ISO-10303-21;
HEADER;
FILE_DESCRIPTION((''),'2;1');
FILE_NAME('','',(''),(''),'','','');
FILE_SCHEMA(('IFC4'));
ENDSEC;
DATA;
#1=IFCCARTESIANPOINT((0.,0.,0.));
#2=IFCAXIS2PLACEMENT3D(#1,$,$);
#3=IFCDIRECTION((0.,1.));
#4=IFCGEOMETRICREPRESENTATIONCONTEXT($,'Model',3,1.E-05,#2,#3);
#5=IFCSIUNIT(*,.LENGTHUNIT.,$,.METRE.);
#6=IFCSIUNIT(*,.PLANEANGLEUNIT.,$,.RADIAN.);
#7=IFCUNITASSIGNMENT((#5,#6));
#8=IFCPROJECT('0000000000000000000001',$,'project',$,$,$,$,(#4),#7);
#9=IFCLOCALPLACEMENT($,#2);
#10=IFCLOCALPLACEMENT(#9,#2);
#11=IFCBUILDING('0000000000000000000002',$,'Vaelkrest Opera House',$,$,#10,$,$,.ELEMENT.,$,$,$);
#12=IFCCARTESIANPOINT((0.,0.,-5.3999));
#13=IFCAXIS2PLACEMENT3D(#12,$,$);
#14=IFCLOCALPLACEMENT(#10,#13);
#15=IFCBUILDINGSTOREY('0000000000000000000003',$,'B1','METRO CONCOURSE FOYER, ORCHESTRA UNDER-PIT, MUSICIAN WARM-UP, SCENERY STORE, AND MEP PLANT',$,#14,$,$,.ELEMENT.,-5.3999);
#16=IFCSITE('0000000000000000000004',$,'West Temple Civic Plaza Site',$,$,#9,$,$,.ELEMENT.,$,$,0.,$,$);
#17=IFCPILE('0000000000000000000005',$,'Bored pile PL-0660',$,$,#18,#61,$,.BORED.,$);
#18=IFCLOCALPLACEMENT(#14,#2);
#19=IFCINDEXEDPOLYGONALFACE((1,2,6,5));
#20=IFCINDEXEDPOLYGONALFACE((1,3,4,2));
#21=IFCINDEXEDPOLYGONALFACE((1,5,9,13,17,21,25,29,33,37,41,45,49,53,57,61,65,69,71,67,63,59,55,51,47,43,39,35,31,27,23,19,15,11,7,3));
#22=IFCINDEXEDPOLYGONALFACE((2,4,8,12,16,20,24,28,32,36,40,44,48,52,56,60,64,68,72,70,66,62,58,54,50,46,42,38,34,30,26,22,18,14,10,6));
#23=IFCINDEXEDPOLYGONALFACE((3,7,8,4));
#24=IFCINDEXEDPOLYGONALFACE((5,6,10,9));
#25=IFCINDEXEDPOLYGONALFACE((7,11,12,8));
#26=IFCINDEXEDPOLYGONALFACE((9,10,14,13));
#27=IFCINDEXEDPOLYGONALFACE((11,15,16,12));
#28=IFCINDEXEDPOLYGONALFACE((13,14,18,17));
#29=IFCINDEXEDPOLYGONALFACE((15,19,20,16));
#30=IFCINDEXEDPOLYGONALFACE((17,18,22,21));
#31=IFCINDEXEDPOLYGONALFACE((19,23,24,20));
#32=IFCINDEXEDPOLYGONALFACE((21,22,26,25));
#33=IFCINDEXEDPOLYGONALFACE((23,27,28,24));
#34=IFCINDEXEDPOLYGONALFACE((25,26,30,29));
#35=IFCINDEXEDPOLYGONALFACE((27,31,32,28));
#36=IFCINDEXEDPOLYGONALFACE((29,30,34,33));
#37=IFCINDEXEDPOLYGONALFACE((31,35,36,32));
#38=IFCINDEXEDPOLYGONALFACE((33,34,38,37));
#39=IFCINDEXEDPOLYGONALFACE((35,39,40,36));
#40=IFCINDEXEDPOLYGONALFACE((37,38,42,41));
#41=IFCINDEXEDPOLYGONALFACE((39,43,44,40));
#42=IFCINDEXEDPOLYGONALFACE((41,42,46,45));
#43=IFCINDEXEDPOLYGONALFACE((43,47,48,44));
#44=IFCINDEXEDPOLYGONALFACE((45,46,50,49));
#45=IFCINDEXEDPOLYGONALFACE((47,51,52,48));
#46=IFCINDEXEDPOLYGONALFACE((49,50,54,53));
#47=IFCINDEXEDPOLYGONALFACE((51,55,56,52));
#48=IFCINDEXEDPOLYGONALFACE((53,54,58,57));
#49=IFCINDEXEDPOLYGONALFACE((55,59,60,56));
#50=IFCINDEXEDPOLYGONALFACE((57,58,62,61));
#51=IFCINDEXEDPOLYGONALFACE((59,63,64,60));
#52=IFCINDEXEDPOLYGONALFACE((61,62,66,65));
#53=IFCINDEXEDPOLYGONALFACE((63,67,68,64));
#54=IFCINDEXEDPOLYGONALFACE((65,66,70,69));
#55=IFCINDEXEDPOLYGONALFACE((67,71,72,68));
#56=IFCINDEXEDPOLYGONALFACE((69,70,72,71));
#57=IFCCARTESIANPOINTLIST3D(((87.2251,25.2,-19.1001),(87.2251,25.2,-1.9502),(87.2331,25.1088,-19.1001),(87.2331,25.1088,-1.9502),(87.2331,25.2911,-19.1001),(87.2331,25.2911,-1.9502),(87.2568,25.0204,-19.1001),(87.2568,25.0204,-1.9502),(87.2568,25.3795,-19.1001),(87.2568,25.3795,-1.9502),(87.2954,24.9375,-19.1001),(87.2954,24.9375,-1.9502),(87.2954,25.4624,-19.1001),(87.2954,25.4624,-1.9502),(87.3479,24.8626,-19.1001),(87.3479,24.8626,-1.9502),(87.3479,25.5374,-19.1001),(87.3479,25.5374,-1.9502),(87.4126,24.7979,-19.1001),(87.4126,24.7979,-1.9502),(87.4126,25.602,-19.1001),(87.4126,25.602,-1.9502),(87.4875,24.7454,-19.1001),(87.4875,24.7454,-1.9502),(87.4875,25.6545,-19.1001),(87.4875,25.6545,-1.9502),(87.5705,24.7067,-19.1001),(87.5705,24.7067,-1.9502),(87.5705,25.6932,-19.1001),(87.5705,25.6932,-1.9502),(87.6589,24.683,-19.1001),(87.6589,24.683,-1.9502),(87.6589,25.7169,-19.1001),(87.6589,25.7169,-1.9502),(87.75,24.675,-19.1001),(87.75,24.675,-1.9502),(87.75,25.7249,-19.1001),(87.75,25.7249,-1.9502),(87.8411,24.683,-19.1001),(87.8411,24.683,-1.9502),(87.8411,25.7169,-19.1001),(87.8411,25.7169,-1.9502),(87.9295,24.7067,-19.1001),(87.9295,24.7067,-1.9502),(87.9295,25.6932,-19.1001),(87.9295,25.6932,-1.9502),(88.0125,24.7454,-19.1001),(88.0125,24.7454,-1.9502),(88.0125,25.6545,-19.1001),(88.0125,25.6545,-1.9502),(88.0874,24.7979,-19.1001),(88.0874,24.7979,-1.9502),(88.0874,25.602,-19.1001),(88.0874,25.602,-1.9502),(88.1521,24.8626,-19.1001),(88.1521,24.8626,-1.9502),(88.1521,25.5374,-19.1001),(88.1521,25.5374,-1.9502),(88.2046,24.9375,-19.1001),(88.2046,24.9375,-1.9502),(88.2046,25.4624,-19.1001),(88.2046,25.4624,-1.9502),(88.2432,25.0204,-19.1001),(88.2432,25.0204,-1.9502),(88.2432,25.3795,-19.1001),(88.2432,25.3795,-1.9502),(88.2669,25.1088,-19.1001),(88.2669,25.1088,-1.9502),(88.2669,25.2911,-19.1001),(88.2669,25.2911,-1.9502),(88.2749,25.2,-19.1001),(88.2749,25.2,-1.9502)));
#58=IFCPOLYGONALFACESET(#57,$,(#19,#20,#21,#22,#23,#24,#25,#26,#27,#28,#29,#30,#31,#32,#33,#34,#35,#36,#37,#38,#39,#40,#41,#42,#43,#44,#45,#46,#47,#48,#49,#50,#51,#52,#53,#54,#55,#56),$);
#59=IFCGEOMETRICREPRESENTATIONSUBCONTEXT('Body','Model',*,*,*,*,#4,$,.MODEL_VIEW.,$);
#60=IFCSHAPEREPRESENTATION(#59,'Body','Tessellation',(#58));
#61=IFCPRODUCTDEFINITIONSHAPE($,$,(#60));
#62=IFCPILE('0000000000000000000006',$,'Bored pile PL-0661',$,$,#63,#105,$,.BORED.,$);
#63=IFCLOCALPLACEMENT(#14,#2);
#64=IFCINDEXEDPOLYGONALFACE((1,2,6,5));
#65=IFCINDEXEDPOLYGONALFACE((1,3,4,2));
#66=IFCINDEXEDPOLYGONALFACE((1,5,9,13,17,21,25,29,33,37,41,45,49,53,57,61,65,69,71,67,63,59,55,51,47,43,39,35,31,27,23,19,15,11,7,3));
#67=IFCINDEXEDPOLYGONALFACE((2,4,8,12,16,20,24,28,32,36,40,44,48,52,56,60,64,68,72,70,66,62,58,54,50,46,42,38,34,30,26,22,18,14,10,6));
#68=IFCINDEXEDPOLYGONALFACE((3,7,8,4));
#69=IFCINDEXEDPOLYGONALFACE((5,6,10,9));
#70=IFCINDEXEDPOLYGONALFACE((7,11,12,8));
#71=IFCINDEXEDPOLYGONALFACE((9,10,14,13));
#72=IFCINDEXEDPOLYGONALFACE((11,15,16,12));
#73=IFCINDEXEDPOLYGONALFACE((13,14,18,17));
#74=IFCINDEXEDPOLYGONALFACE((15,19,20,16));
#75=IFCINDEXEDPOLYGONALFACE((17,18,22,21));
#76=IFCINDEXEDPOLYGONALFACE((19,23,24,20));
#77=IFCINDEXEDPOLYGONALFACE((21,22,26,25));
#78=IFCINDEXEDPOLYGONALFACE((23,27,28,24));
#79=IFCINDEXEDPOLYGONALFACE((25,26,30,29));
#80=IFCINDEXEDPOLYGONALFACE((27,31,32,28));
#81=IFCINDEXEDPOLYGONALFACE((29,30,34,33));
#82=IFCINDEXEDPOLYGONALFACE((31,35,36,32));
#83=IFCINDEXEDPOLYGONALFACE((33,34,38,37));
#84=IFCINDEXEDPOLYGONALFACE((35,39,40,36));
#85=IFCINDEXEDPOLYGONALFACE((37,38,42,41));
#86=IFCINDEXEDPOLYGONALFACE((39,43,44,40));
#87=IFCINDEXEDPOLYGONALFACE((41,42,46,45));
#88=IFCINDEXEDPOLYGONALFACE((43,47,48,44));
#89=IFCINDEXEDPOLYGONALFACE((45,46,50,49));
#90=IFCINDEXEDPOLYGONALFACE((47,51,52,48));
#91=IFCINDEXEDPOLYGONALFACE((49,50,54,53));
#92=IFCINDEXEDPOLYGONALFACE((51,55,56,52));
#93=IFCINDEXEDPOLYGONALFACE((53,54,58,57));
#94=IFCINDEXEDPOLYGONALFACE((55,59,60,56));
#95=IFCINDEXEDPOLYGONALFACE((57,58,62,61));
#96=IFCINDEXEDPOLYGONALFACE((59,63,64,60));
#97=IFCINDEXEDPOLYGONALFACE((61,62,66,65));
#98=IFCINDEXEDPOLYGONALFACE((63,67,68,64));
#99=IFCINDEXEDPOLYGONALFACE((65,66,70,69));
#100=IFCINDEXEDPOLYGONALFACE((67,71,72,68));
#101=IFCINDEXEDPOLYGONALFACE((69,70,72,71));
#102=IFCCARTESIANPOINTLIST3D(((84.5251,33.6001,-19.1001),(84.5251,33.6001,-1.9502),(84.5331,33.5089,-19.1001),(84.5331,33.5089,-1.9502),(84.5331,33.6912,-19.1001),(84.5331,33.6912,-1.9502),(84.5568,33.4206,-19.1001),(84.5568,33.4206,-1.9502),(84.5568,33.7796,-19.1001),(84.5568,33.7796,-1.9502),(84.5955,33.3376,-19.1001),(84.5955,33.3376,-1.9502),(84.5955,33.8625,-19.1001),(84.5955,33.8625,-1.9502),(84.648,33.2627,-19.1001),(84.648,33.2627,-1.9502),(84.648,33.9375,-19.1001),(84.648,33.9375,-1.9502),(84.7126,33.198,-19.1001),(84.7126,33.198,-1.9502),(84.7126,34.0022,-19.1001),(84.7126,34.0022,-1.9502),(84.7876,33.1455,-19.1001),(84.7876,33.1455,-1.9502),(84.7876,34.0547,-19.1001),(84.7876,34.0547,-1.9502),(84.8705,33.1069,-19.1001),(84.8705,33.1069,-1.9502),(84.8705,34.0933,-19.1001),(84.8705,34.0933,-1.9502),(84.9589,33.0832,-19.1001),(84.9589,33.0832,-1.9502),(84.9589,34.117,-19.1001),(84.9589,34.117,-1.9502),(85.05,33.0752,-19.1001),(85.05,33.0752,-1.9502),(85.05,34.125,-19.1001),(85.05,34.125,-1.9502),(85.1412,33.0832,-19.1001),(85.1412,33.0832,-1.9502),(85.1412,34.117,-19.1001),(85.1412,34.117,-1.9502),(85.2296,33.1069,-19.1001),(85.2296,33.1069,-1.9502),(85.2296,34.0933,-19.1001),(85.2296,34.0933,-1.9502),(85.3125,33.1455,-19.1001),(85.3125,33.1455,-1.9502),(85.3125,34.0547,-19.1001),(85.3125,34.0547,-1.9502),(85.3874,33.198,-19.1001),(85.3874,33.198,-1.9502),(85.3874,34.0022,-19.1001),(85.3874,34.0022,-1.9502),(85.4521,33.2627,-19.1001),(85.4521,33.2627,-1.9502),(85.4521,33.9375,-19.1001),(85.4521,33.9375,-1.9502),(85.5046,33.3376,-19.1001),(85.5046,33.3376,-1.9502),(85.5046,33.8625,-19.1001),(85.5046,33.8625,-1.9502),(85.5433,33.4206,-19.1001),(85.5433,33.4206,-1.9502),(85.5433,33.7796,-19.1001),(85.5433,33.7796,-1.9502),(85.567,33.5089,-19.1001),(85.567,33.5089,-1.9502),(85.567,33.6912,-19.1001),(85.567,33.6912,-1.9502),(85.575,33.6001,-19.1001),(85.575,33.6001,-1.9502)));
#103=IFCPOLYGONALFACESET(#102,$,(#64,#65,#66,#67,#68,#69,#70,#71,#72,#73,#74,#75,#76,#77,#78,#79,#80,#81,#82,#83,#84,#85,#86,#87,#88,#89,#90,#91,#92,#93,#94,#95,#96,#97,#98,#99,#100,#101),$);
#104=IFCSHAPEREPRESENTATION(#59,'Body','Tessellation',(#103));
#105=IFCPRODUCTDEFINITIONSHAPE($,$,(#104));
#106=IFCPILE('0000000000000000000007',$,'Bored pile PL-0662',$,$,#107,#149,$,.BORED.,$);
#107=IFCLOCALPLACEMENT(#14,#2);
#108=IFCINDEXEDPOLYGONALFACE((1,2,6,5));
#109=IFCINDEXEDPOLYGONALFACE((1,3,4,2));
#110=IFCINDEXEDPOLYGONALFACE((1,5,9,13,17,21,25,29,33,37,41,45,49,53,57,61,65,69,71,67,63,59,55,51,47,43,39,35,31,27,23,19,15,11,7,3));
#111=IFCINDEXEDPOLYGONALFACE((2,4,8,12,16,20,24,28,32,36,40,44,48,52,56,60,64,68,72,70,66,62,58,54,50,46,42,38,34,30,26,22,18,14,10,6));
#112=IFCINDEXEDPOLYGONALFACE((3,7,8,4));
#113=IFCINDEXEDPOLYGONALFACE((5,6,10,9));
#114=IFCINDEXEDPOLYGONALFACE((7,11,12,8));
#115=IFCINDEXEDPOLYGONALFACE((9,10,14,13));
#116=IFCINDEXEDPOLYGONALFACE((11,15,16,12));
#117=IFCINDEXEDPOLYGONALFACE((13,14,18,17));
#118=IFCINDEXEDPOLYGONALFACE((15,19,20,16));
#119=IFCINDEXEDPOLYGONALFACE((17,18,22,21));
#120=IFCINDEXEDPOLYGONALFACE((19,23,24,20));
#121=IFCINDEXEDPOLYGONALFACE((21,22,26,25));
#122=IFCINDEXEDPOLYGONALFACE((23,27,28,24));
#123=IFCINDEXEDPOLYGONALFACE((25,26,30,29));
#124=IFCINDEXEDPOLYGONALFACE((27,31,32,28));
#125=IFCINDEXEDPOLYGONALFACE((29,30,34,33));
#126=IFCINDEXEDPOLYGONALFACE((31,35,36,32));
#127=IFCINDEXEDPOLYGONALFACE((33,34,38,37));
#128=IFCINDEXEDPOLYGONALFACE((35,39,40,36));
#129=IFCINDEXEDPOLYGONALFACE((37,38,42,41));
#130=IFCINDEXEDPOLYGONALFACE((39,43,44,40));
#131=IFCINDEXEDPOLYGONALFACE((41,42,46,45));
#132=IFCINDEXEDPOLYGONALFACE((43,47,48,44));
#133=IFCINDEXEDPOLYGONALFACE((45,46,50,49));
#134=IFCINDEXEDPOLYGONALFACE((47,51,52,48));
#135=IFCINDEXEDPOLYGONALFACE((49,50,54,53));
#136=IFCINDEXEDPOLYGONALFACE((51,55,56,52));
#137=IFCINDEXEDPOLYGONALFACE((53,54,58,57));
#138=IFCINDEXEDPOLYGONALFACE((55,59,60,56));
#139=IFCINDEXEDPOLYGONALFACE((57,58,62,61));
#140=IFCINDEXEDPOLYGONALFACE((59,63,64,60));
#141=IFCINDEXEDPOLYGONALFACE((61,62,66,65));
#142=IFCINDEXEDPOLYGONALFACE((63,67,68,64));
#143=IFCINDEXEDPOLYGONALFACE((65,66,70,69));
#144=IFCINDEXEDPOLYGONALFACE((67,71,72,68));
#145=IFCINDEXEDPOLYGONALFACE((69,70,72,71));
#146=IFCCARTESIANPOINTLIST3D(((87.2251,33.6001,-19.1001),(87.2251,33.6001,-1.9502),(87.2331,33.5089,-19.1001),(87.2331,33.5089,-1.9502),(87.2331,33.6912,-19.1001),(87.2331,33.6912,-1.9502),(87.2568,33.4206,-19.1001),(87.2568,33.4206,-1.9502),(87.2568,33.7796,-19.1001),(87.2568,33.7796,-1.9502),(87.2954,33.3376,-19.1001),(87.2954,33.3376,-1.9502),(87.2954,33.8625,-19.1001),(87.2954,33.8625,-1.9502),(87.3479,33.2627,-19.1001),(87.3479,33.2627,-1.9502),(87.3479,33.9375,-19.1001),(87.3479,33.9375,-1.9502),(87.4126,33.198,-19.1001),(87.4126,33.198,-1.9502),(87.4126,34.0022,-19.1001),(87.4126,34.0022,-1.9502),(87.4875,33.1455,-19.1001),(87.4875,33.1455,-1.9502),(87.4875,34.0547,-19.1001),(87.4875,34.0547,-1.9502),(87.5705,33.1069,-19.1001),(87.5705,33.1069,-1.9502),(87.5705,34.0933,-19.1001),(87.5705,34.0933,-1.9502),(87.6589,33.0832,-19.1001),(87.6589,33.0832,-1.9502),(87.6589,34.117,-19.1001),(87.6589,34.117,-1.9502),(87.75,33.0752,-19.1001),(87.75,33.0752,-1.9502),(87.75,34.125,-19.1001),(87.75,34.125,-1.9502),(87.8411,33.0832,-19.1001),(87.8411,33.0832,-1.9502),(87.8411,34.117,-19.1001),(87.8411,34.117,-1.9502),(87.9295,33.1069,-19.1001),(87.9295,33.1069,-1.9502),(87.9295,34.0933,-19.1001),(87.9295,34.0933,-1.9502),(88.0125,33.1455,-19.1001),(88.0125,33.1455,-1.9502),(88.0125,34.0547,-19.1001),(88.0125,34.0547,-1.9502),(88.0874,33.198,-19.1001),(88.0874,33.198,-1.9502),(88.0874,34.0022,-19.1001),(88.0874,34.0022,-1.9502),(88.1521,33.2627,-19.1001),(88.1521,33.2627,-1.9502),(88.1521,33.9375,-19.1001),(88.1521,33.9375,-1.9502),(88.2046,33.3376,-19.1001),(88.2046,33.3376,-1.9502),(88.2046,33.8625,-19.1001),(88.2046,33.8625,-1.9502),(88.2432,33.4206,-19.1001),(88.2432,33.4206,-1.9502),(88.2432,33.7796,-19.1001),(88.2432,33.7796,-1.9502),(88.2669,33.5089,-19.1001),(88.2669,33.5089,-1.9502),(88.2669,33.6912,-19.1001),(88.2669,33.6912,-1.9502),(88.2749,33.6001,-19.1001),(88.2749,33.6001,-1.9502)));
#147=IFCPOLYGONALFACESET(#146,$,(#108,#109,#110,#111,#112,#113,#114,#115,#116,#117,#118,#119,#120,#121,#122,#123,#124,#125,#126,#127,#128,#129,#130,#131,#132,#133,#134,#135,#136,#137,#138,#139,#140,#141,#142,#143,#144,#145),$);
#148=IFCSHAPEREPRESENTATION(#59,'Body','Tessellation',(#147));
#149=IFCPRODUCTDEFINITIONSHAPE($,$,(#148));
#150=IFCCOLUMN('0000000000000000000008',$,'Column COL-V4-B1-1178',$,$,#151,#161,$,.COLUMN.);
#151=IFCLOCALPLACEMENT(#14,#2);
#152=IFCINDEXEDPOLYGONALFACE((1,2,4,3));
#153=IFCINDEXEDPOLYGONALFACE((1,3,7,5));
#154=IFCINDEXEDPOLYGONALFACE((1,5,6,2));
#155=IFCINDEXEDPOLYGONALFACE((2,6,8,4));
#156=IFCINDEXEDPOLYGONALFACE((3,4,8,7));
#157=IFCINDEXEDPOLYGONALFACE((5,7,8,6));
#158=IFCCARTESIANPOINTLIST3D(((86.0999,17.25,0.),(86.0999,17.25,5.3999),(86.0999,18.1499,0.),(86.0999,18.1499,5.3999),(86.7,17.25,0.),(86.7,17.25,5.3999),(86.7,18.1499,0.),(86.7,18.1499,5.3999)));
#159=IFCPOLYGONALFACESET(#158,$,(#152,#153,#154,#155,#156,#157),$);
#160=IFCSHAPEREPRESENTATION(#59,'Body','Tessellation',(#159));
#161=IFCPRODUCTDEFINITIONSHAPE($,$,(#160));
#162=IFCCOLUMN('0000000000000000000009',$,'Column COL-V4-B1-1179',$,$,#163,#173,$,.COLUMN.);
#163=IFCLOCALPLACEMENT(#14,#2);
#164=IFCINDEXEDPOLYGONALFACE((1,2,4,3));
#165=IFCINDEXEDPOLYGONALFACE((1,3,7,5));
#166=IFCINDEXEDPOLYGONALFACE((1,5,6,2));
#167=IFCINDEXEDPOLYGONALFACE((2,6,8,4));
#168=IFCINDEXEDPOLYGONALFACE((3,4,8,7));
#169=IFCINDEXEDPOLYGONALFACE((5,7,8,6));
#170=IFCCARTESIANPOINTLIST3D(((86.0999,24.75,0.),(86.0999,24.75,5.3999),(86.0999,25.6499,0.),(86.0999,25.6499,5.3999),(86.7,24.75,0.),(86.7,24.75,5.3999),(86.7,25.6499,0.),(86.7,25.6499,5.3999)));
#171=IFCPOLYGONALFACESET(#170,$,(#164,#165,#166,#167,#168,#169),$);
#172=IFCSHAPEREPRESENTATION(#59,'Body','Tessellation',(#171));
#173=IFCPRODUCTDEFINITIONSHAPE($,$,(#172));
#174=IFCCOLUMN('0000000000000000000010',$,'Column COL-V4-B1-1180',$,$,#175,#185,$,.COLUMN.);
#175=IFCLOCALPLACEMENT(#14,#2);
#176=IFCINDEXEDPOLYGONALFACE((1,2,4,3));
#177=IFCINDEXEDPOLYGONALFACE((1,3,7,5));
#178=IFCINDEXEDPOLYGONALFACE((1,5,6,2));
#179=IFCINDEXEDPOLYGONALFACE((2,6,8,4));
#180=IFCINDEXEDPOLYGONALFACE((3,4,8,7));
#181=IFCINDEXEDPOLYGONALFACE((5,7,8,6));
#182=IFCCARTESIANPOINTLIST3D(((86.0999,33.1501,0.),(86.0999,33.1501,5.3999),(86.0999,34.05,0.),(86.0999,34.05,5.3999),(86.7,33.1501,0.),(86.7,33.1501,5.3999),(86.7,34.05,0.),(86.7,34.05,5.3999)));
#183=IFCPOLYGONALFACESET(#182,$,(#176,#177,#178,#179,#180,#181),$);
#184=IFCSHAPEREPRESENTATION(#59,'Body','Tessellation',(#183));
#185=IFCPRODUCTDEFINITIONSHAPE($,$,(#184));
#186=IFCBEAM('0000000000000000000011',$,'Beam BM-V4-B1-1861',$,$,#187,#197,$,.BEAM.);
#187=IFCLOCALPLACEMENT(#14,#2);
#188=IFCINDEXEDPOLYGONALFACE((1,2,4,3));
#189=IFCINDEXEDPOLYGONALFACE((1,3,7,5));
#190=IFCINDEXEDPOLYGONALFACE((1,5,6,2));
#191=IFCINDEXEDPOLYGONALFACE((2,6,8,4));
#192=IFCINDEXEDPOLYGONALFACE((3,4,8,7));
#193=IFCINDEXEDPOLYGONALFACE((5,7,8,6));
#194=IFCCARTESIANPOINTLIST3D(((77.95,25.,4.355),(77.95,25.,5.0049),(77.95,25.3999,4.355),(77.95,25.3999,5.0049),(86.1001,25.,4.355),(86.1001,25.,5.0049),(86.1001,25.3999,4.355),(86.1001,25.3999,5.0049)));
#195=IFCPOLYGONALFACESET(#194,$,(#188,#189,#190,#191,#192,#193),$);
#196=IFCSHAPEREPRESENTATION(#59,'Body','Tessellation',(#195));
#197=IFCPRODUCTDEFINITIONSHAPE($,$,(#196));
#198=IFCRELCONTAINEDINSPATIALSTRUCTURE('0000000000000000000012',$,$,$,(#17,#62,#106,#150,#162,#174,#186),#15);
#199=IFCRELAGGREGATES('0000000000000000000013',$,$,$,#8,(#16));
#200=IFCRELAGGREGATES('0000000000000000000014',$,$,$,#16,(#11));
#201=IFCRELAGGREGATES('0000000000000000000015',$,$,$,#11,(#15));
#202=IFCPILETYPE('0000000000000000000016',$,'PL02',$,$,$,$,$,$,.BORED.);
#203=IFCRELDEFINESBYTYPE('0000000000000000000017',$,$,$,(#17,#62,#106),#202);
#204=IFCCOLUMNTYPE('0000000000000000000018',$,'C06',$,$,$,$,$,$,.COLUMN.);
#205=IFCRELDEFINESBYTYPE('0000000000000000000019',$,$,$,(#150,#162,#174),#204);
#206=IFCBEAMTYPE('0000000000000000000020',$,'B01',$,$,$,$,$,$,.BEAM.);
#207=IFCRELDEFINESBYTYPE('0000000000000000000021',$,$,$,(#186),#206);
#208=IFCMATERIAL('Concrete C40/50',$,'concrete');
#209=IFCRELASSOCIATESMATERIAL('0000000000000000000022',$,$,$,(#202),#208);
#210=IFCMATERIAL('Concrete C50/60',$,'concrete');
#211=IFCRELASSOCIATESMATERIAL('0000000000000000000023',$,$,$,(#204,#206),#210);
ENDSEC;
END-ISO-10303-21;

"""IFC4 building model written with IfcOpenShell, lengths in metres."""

from ifc_helpers import new_model, si_unit, direction, frame, origin, origin_2d, place, context, subcontext, project, spatial, rectangle, circle, extrude, material, material_profile, profile_set, type_object, element, save


model = new_model("IFC4")

# Units and contexts
model_context = context("Model", 3, precision=1e-05, world=origin(), true_north=direction((0.0, 1.0)))
body_context = subcontext(model_context, "Body", "Model", "MODEL_VIEW")
ifc_project = project(units=[si_unit("LENGTHUNIT", "METRE"), si_unit("PLANEANGLEUNIT", "RADIAN")], contexts=[model_context])

# Site, building, storey
site_placement = place(None, origin())
site = spatial("IfcSite", under=ifc_project, at=site_placement, Name="West Temple Civic Plaza Site", CompositionType="ELEMENT", RefElevation=0.0)
building_placement = place(site_placement, origin())
building = spatial("IfcBuilding", under=site, at=building_placement, Name="Vaelkrest Opera House", CompositionType="ELEMENT")
storey_placement = place(building_placement, frame((0.0, 0.0, -5.3999)))
storey = spatial("IfcBuildingStorey", under=building, at=storey_placement, Name="B1", Description="METRO CONCOURSE FOYER, ORCHESTRA UNDER-PIT, MUSICIAN WARM-UP, SCENERY STORE, AND MEP PLANT", CompositionType="ELEMENT", Elevation=-5.3999)

# Shared definitions
ifc_material_1 = material(Name="Concrete C40/50", Category="concrete")

# Piles
ifc_material_profile_1 = material_profile(ifc_material_1, circle(Radius=0.5249, at=origin_2d()), Name="PILE1050")
ifc_profile_set_1 = profile_set([ifc_material_profile_1], Name="Concrete C40/50")
pile_type = type_object("IfcPileType", Name="PL02", PredefinedType="BORED", material=ifc_profile_set_1)
for number, where, z_axis, x_axis, name in (
    (1, (87.75, 25.2, -1.9502), (0.0, 0.0, -1.0), (1.0, 0.0, 0.0), "Bored pile PL-0660"),
    (2, (85.05, 33.6001, -1.9502), (0.0, 0.0, -1.0), (1.0, 0.0, 0.0), "Bored pile PL-0661"),
    (3, (87.75, 33.6001, -1.9502), (0.0, 0.0, -1.0), (1.0, 0.0, 0.0), "Bored pile PL-0662"),
):
    element("IfcPile", number, at=place(storey_placement, frame(where, z_axis=z_axis, x_axis=x_axis)), inside=storey, type_object=pile_type, Name=name, PredefinedType="BORED", context=body_context, shape_type="SweptSolid", body=[
        extrude(circle(Radius=0.5249, at=origin_2d()), origin(), (0.0, 0.0, 1.0), 17.1499),
    ])

# Columns
ifc_material_2 = material(Name="Concrete C50/60", Category="concrete")
ifc_material_profile_2 = material_profile(ifc_material_2, rectangle(XDim=0.6001, YDim=0.8999, at=origin_2d()), Name="RC600X900")
ifc_profile_set_2 = profile_set([ifc_material_profile_2], Name="Concrete C50/60")
column_type = type_object("IfcColumnType", Name="C06", PredefinedType="COLUMN", material=ifc_profile_set_2)
for number, where, z_axis, x_axis, name in (
    (4, (86.3999, 17.7, 0.0), (0.0, 0.0, 1.0), (1.0, 0.0, 0.0), "Column COL-V4-B1-1178"),
    (5, (86.3999, 25.2, 0.0), (0.0, 0.0, 1.0), (1.0, 0.0, 0.0), "Column COL-V4-B1-1179"),
    (6, (86.3999, 33.6001, 0.0), (0.0, 0.0, 1.0), (1.0, 0.0, 0.0), "Column COL-V4-B1-1180"),
):
    element("IfcColumn", number, at=place(storey_placement, frame(where, z_axis=z_axis, x_axis=x_axis)), inside=storey, type_object=column_type, Name=name, PredefinedType="COLUMN", context=body_context, shape_type="SweptSolid", body=[
        extrude(rectangle(XDim=0.6001, YDim=0.8999, at=origin_2d()), origin(), (0.0, 0.0, 1.0), 5.3999),
    ])

# Beam
ifc_material_profile_3 = material_profile(ifc_material_2, rectangle(XDim=0.3999, YDim=0.6499, at=origin_2d()), Name="RCB400X650")
ifc_profile_set_3 = profile_set([ifc_material_profile_3], Name="Concrete C50/60")
beam_type_1 = type_object("IfcBeamType", Name="B01", PredefinedType="BEAM", material=ifc_profile_set_3)
beam_1_placement = place(storey_placement, frame((77.95, 25.2, 4.6799), z_axis=(1.0, 0.0, 0.0), x_axis=(0.0, 1.0, 0.0)))
element("IfcBeam", 7, at=beam_1_placement, inside=storey, type_object=beam_type_1, Name="Beam BM-V4-B1-1861", PredefinedType="BEAM", context=body_context, shape_type="SweptSolid", body=[
    extrude(rectangle(XDim=0.3999, YDim=0.6499, at=origin_2d()), origin(), (0.0, 0.0, 1.0), 8.1501),
])

save(model, "model.ifc")
